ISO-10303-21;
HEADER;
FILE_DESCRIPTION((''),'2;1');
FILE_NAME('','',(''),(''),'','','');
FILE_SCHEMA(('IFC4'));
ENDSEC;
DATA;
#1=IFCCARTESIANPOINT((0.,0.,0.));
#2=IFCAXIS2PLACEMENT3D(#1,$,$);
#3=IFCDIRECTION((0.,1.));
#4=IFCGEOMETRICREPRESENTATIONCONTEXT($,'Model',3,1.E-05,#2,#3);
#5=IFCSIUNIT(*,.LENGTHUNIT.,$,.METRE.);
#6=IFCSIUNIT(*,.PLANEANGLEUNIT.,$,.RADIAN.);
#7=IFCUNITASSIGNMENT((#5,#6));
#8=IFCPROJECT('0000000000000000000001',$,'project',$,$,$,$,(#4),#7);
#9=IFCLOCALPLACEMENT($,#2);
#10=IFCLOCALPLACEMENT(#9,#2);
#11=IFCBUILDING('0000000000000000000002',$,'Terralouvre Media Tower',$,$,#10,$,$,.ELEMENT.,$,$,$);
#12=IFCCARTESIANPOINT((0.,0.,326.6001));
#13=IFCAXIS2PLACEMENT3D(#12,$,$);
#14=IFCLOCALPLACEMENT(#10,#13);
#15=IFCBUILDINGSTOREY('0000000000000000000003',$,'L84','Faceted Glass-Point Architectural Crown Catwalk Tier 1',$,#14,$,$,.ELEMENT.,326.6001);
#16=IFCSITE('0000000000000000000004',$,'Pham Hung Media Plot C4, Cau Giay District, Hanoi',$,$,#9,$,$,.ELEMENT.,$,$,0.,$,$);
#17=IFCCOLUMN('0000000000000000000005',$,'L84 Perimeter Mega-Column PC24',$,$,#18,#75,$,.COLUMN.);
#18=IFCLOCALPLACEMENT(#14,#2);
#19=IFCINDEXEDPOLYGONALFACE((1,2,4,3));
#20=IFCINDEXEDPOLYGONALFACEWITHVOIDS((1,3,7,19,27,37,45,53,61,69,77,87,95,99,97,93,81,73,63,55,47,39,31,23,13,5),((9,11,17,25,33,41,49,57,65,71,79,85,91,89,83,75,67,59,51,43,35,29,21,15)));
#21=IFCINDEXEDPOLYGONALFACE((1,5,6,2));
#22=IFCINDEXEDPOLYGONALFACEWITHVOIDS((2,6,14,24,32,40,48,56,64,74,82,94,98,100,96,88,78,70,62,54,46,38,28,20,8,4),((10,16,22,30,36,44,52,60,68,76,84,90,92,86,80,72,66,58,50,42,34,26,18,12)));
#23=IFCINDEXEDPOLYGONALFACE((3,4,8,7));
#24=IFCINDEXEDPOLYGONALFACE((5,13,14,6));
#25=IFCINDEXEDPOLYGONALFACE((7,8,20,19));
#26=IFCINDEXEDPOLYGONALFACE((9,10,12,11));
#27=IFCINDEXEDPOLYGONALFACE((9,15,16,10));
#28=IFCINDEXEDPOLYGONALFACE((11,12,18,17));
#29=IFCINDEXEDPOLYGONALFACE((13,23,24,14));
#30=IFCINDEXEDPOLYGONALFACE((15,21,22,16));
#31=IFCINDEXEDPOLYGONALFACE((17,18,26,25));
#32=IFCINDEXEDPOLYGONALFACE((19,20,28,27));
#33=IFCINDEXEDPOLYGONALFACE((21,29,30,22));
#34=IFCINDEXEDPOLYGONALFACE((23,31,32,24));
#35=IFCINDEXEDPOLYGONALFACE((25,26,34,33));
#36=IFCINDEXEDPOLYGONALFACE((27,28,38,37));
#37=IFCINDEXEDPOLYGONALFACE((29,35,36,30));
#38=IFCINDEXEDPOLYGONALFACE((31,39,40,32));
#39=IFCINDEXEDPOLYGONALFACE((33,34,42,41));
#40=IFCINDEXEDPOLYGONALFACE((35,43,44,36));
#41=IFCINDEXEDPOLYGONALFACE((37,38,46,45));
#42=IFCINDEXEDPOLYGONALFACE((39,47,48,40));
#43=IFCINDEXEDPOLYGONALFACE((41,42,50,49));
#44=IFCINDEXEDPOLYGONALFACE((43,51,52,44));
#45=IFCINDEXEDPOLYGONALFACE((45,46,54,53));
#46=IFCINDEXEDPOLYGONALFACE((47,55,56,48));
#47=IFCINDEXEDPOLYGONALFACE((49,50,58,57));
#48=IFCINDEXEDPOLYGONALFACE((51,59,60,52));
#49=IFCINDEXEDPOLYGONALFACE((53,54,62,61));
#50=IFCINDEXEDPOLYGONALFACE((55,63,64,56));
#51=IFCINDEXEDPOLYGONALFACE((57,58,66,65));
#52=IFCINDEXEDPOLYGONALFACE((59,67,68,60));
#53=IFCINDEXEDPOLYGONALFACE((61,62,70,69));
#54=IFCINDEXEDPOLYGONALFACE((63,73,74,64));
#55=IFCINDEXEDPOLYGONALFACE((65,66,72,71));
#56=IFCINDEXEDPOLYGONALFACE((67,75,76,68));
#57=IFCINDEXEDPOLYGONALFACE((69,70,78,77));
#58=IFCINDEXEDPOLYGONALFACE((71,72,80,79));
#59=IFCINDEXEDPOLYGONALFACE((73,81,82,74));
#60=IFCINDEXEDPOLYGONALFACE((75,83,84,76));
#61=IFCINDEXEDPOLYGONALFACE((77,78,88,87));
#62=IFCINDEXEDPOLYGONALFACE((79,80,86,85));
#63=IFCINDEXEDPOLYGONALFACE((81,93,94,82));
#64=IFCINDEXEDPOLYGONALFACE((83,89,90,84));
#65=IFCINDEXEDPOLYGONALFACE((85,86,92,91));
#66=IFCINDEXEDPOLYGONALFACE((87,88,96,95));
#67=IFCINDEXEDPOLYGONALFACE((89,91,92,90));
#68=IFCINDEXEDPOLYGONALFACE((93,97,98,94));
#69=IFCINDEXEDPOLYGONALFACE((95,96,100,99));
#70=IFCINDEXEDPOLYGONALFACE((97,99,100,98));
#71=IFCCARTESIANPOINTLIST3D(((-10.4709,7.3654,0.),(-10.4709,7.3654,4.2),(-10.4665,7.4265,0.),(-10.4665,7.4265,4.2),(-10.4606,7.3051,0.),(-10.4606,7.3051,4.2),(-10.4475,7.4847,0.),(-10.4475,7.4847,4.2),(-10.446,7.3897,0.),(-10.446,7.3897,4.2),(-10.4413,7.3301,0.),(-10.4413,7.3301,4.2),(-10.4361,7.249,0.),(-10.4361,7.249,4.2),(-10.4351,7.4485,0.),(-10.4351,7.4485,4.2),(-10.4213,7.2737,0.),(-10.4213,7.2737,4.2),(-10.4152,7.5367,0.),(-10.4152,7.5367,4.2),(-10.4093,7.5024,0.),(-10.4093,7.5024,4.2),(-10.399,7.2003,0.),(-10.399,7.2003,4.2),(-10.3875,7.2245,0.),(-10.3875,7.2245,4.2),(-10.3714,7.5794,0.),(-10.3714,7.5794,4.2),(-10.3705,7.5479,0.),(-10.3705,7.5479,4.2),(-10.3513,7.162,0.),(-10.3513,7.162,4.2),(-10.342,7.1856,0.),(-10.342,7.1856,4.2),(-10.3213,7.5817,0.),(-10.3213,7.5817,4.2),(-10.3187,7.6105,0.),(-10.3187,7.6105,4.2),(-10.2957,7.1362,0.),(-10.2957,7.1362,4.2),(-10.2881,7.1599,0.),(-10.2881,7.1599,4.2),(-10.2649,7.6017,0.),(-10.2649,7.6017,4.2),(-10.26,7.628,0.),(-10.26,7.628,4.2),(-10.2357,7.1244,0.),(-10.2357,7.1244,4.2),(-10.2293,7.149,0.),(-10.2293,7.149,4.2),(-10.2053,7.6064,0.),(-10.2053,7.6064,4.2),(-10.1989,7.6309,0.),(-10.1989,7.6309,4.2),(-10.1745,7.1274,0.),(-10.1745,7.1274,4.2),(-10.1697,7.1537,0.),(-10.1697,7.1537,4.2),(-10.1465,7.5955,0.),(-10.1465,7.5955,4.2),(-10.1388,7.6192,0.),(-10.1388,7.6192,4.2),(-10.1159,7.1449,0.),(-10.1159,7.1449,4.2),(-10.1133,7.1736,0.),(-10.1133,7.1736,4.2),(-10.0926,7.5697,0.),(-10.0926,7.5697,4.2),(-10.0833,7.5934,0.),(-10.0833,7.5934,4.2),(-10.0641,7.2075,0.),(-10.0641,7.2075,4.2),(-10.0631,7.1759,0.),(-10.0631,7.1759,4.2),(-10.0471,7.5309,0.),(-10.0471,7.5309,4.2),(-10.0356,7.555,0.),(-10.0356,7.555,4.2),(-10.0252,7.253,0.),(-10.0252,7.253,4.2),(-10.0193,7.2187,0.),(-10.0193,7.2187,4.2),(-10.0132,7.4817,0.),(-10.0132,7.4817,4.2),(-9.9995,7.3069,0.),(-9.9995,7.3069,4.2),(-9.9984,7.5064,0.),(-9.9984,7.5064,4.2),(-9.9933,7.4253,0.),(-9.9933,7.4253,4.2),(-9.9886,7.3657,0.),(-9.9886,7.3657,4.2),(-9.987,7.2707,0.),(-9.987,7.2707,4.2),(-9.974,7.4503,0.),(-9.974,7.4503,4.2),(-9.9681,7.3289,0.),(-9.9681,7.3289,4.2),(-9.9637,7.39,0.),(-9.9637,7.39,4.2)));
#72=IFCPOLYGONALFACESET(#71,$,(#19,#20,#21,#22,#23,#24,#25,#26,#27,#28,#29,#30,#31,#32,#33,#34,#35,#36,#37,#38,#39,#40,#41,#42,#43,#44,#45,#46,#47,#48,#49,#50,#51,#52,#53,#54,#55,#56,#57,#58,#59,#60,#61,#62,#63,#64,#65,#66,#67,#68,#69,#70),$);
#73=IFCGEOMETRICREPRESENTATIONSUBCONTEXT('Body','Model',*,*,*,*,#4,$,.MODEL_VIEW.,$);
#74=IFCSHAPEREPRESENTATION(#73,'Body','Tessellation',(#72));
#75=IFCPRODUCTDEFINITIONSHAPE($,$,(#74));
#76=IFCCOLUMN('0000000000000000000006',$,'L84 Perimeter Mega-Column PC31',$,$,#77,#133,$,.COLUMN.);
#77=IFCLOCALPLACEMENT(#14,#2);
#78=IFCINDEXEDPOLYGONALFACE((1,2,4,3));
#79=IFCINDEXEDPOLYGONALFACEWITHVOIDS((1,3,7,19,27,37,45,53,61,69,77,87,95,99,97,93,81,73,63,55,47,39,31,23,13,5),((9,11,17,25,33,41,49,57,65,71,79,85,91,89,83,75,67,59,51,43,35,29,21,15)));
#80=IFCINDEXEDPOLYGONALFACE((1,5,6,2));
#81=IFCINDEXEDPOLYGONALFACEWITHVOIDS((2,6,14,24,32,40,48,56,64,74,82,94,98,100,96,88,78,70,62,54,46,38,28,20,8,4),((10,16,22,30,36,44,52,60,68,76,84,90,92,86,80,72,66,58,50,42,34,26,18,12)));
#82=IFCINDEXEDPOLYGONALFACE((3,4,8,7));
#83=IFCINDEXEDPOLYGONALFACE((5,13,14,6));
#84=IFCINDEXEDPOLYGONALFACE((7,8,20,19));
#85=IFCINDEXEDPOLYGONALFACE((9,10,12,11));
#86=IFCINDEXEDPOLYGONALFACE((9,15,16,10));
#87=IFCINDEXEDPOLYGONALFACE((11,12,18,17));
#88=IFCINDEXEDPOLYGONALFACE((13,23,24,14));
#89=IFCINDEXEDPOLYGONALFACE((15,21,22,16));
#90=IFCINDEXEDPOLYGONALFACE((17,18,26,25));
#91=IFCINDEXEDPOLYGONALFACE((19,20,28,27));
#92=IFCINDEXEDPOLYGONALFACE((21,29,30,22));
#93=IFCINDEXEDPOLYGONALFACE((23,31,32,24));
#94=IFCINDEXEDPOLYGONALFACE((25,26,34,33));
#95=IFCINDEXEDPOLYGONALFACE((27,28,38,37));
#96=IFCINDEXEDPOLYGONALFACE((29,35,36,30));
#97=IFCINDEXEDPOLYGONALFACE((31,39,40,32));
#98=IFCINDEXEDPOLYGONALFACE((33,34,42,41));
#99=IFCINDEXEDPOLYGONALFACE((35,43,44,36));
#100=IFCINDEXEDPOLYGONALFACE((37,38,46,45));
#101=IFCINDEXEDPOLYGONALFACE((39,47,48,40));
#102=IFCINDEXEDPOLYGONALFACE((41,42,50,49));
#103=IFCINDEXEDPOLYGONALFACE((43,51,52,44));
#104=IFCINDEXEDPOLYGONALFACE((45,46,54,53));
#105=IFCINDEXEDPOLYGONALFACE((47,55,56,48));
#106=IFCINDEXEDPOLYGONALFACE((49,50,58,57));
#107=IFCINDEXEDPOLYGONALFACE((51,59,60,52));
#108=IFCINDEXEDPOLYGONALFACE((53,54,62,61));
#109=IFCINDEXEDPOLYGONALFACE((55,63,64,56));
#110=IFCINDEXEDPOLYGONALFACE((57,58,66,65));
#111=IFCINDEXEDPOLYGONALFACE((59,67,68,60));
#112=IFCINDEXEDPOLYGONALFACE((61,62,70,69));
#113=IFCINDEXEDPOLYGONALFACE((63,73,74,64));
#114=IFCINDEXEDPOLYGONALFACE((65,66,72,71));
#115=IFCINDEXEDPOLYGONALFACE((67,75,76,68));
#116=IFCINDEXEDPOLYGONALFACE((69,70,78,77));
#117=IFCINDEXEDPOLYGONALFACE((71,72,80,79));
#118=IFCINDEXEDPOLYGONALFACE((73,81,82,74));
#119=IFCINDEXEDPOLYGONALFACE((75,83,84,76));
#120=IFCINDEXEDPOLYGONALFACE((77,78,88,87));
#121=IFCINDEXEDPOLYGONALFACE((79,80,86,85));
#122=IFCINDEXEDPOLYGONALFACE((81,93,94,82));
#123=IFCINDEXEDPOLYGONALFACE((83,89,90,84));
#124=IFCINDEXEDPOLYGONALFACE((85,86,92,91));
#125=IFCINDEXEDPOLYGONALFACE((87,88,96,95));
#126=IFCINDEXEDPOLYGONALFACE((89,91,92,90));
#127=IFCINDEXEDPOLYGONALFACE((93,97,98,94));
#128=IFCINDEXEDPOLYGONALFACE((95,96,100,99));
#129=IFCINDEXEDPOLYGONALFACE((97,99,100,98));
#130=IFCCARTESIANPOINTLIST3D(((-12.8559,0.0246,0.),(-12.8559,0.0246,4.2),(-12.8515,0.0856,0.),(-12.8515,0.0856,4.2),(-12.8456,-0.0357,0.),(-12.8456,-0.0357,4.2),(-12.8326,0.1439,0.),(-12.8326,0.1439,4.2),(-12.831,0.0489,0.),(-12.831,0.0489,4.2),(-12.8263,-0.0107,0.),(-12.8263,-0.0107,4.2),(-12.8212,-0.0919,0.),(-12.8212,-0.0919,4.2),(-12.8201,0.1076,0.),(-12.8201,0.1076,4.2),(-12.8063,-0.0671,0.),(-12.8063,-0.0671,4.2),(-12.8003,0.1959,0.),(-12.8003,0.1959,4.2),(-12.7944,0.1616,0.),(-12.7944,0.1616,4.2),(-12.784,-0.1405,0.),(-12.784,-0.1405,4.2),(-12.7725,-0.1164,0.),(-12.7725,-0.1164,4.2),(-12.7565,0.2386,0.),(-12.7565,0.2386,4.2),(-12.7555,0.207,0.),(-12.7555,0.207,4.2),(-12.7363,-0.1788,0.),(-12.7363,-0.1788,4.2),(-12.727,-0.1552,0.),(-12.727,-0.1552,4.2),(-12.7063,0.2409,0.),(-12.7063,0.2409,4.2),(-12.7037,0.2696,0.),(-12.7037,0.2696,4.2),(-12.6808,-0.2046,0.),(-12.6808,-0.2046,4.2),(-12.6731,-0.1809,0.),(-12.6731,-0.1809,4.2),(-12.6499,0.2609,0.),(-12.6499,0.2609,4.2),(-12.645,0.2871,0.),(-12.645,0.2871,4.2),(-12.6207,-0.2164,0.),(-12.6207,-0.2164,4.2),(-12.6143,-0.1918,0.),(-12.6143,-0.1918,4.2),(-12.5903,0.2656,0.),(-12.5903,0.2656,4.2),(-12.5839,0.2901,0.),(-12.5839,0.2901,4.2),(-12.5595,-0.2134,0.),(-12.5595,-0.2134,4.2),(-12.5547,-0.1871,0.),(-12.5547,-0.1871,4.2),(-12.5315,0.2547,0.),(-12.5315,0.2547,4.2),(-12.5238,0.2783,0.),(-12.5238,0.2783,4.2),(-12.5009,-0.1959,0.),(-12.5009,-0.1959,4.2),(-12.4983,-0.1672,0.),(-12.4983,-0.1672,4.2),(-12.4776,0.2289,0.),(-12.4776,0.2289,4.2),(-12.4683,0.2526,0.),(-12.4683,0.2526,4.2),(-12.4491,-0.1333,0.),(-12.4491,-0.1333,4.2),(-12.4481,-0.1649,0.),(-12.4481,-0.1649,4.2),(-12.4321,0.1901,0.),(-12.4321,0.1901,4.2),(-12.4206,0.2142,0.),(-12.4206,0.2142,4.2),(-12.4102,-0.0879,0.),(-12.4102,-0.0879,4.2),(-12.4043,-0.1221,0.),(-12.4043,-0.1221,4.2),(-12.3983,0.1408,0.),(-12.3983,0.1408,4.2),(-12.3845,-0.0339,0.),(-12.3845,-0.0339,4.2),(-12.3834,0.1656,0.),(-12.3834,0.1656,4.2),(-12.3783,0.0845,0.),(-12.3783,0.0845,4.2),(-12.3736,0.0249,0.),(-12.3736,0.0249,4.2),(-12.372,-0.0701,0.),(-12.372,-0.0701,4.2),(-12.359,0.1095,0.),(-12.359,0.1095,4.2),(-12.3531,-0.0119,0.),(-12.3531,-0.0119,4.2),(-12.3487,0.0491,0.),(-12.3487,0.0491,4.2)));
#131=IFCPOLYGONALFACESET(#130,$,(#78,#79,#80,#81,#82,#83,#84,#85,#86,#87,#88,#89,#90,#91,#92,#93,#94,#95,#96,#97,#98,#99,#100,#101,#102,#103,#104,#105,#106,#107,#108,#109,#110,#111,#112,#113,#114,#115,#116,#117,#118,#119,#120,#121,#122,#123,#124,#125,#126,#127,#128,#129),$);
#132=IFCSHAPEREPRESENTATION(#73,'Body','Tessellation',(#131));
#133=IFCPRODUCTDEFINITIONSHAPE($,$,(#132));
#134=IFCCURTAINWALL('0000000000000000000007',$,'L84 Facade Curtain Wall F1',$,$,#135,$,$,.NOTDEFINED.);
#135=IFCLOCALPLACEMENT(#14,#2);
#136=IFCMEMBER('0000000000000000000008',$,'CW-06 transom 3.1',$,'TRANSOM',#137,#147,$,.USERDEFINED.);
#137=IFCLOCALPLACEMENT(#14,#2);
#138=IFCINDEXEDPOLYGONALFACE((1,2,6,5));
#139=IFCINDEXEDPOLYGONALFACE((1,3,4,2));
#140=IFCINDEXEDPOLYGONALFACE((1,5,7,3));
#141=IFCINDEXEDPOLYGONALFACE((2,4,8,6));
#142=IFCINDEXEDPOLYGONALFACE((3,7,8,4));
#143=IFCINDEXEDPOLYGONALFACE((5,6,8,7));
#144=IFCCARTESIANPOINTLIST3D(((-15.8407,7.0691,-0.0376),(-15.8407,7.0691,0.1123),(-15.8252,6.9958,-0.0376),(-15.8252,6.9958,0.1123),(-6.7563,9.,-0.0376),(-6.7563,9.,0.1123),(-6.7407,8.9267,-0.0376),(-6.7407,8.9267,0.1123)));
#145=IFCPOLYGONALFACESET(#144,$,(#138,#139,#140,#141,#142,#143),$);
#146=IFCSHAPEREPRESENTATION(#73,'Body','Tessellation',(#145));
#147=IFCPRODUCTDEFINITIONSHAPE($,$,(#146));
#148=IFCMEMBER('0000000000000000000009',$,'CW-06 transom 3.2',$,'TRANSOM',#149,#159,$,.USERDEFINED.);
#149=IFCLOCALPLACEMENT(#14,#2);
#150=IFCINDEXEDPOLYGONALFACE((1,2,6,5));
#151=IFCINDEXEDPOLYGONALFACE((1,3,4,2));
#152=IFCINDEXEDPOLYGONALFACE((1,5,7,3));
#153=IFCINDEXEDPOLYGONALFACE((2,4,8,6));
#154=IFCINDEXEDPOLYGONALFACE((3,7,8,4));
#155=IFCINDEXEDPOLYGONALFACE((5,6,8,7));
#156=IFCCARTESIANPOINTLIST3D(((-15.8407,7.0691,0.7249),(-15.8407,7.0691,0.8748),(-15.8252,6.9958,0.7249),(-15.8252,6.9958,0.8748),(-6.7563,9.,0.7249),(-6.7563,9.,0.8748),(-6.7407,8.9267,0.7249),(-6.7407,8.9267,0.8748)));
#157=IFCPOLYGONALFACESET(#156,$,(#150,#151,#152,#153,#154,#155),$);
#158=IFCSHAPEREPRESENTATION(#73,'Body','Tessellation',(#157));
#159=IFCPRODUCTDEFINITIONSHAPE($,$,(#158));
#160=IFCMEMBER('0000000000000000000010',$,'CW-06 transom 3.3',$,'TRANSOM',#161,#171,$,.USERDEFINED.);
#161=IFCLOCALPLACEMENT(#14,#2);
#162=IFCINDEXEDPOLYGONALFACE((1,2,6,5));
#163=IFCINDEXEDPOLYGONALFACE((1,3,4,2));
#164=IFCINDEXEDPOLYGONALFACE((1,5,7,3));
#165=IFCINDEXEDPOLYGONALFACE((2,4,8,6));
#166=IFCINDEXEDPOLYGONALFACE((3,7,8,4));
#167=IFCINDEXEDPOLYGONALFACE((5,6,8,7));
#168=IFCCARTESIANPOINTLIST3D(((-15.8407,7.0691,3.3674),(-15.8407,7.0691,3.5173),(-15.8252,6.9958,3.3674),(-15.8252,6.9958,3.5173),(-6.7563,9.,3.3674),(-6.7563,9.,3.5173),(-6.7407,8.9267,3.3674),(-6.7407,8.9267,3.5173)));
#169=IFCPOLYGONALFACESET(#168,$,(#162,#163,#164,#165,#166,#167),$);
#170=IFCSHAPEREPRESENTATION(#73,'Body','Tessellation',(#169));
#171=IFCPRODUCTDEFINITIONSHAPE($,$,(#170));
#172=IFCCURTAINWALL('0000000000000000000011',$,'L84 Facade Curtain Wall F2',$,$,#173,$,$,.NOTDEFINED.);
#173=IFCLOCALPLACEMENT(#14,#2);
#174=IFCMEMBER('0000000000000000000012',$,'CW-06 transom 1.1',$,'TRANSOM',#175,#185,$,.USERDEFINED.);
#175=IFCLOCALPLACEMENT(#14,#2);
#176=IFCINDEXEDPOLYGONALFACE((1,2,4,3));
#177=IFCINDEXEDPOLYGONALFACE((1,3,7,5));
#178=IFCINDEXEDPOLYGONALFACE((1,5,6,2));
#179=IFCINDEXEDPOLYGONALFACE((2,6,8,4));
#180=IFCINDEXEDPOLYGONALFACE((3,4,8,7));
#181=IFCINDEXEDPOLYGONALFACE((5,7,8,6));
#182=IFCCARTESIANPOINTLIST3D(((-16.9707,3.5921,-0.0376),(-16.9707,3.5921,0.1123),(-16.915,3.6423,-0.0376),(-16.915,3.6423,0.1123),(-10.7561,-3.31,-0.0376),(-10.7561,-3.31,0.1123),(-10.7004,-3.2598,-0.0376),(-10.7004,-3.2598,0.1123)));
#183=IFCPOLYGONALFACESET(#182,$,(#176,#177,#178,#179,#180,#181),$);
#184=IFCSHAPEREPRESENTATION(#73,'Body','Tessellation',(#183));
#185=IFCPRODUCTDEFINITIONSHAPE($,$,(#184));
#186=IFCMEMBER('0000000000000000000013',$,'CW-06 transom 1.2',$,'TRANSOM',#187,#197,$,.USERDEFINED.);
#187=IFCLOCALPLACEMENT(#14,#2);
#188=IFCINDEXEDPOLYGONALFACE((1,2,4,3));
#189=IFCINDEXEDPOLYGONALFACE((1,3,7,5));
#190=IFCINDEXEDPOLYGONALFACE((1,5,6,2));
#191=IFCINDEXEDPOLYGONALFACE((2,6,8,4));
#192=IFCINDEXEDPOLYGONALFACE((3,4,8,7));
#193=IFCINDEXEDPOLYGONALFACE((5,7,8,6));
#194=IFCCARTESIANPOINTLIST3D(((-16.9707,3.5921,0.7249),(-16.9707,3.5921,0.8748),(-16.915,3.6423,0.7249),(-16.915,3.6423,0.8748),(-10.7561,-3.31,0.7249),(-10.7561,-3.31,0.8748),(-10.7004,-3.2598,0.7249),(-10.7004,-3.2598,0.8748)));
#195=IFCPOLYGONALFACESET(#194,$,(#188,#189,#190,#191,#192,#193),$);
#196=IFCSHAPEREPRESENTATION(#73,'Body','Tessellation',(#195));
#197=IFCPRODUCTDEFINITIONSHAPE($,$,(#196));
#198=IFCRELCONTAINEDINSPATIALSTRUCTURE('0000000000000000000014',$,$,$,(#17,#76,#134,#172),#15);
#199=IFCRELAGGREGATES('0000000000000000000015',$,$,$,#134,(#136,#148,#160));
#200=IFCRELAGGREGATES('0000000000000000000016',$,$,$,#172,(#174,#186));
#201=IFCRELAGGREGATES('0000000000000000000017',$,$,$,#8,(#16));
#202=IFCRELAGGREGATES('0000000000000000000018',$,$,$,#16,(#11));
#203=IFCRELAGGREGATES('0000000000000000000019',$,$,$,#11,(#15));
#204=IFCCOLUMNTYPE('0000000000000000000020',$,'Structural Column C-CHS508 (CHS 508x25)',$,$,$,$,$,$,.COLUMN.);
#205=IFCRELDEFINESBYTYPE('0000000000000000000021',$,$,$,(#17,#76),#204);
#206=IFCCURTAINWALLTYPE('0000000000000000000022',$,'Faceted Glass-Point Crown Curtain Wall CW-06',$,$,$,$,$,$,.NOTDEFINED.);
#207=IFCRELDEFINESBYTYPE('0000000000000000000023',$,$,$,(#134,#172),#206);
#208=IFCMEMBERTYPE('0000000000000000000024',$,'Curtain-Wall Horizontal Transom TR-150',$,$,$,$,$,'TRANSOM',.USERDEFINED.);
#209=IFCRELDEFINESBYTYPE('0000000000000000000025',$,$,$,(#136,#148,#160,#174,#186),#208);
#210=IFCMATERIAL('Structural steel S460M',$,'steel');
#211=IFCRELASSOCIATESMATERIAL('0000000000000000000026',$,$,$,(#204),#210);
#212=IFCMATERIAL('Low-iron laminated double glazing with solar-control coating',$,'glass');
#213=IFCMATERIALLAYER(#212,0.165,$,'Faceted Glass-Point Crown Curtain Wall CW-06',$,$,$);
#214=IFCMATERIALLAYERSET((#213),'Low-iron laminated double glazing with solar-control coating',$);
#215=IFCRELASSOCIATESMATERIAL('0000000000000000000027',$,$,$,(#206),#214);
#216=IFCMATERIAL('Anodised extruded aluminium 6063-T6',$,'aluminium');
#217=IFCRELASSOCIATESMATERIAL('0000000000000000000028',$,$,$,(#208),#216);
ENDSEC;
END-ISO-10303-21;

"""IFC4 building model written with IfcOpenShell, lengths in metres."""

from ifc_helpers import new_model, si_unit, direction, frame, origin, origin_2d, place, context, subcontext, project, spatial, rectangle, hollow_circle, extrude, material, layer, layer_set, material_profile, profile_set, type_object, element, aggregate, save


model = new_model("IFC4")

# Units and contexts
model_context = context("Model", 3, precision=1e-05, world=origin(), true_north=direction((0.0, 1.0)))
body_context = subcontext(model_context, "Body", "Model", "MODEL_VIEW")
ifc_project = project(units=[si_unit("LENGTHUNIT", "METRE"), si_unit("PLANEANGLEUNIT", "RADIAN")], contexts=[model_context])

# Site, building, storey
site_placement = place(None, origin())
site = spatial("IfcSite", under=ifc_project, at=site_placement, Name="Pham Hung Media Plot C4, Cau Giay District, Hanoi", CompositionType="ELEMENT", RefElevation=0.0)
building_placement = place(site_placement, origin())
building = spatial("IfcBuilding", under=site, at=building_placement, Name="Terralouvre Media Tower", CompositionType="ELEMENT")
storey_placement = place(building_placement, frame((0.0, 0.0, 326.6001)))
storey = spatial("IfcBuildingStorey", under=building, at=storey_placement, Name="L84", Description="Faceted Glass-Point Architectural Crown Catwalk Tier 1", CompositionType="ELEMENT", Elevation=326.6001)

# Columns
ifc_material_1 = material(Name="Structural steel S460M", Category="steel")
ifc_material_profile_1 = material_profile(ifc_material_1, hollow_circle(Radius=0.2539, WallThickness=0.0249, at=origin_2d()), Name="CHS 508x25")
ifc_profile_set_1 = profile_set([ifc_material_profile_1], Name="Structural steel S460M")
column_type = type_object("IfcColumnType", Name="Structural Column C-CHS508 (CHS 508x25)", PredefinedType="COLUMN", material=ifc_profile_set_1)
for number, where, z_axis, x_axis, name in (
    (1, (-10.2173, 7.3777, 0.0), (0.0, 0.0, 1.0), (0.309017, 0.951057, 0.0), "L84 Perimeter Mega-Column PC24"),
    (2, (-12.6023, 0.0369, 0.0), (0.0, 0.0, 1.0), (0.309017, 0.951057, 0.0), "L84 Perimeter Mega-Column PC31"),
):
    element("IfcColumn", number, at=place(storey_placement, frame(where, z_axis=z_axis, x_axis=x_axis)), inside=storey, type_object=column_type, Name=name, PredefinedType="COLUMN", context=body_context, shape_type="SweptSolid", body=[
        extrude(hollow_circle(Radius=0.2539, WallThickness=0.0249, at=origin_2d()), origin(), (0.0, 0.0, 1.0), 4.2),
    ])

# Curtain walls, members
ifc_material_2 = material(Name="Low-iron laminated double glazing with solar-control coating", Category="glass")
ifc_layer_1 = layer(ifc_material_2, 0.165, Name="Faceted Glass-Point Crown Curtain Wall CW-06")
ifc_layer_set_1 = layer_set([ifc_layer_1], Name="Low-iron laminated double glazing with solar-control coating")
curtain_wall_type = type_object("IfcCurtainWallType", Name="Faceted Glass-Point Crown Curtain Wall CW-06", PredefinedType="NOTDEFINED", material=ifc_layer_set_1)
curtain_wall_1_placement = place(storey_placement, origin())
curtain_wall_1 = element("IfcCurtainWall", 3, at=curtain_wall_1_placement, inside=storey, type_object=curtain_wall_type, Name="L84 Facade Curtain Wall F1", PredefinedType="NOTDEFINED")
ifc_material_3 = material(Name="Anodised extruded aluminium 6063-T6", Category="aluminium")
ifc_material_profile_2 = material_profile(ifc_material_3, rectangle(XDim=0.075, YDim=0.1499, at=origin_2d()), Name="ALU 75x150")
ifc_profile_set_2 = profile_set([ifc_material_profile_2], Name="Anodised extruded aluminium 6063-T6")
member_type_1 = type_object("IfcMemberType", Name="Curtain-Wall Horizontal Transom TR-150", ElementType="TRANSOM", PredefinedType="USERDEFINED", material=ifc_profile_set_2)
member_1_placement = place(storey_placement, frame((-6.7485, 8.9634, 0.0374), z_axis=(-0.978149, -0.207906, 0.0), x_axis=(0.207906, -0.978149, 0.0)))
member_1 = element("IfcMember", 4, at=member_1_placement, type_object=member_type_1, Name="CW-06 transom 3.1", ObjectType="TRANSOM", PredefinedType="USERDEFINED", context=body_context, shape_type="SweptSolid", body=[
    extrude(rectangle(XDim=0.075, YDim=0.1499, at=origin_2d()), origin(), (0.0, 0.0, 1.0), 9.2874),
])
member_2_placement = place(storey_placement, frame((-6.7485, 8.9634, 0.7998), z_axis=(-0.978149, -0.207906, 0.0), x_axis=(0.207906, -0.978149, 0.0)))
member_2 = element("IfcMember", 5, at=member_2_placement, type_object=member_type_1, Name="CW-06 transom 3.2", ObjectType="TRANSOM", PredefinedType="USERDEFINED", context=body_context, shape_type="SweptSolid", body=[
    extrude(rectangle(XDim=0.075, YDim=0.1499, at=origin_2d()), origin(), (0.0, 0.0, 1.0), 9.2874),
])
member_3_placement = place(storey_placement, frame((-6.7485, 8.9634, 3.4424), z_axis=(-0.978149, -0.207906, 0.0), x_axis=(0.207906, -0.978149, 0.0)))
member_3 = element("IfcMember", 6, at=member_3_placement, type_object=member_type_1, Name="CW-06 transom 3.3", ObjectType="TRANSOM", PredefinedType="USERDEFINED", context=body_context, shape_type="SweptSolid", body=[
    extrude(rectangle(XDim=0.075, YDim=0.1499, at=origin_2d()), origin(), (0.0, 0.0, 1.0), 9.2874),
])
curtain_wall_2_placement = place(storey_placement, origin())
curtain_wall_2 = element("IfcCurtainWall", 7, at=curtain_wall_2_placement, inside=storey, type_object=curtain_wall_type, Name="L84 Facade Curtain Wall F2", PredefinedType="NOTDEFINED")
member_4_placement = place(storey_placement, frame((-16.9429, 3.6172, 0.0374), z_axis=(0.669126, -0.743149, 0.0), x_axis=(0.743149, 0.669126, 0.0)))
member_4 = element("IfcMember", 8, at=member_4_placement, type_object=member_type_1, Name="CW-06 transom 1.1", ObjectType="TRANSOM", PredefinedType="USERDEFINED", context=body_context, shape_type="SweptSolid", body=[
    extrude(rectangle(XDim=0.075, YDim=0.1499, at=origin_2d()), origin(), (0.0, 0.0, 1.0), 9.2876),
])
member_5_placement = place(storey_placement, frame((-16.9429, 3.6172, 0.7998), z_axis=(0.669126, -0.743149, 0.0), x_axis=(0.743149, 0.669126, 0.0)))
member_5 = element("IfcMember", 9, at=member_5_placement, type_object=member_type_1, Name="CW-06 transom 1.2", ObjectType="TRANSOM", PredefinedType="USERDEFINED", context=body_context, shape_type="SweptSolid", body=[
    extrude(rectangle(XDim=0.075, YDim=0.1499, at=origin_2d()), origin(), (0.0, 0.0, 1.0), 9.2876),
])

aggregate(curtain_wall_1, [member_1, member_2, member_3])
aggregate(curtain_wall_2, [member_4, member_5])

save(model, "model.ifc")
